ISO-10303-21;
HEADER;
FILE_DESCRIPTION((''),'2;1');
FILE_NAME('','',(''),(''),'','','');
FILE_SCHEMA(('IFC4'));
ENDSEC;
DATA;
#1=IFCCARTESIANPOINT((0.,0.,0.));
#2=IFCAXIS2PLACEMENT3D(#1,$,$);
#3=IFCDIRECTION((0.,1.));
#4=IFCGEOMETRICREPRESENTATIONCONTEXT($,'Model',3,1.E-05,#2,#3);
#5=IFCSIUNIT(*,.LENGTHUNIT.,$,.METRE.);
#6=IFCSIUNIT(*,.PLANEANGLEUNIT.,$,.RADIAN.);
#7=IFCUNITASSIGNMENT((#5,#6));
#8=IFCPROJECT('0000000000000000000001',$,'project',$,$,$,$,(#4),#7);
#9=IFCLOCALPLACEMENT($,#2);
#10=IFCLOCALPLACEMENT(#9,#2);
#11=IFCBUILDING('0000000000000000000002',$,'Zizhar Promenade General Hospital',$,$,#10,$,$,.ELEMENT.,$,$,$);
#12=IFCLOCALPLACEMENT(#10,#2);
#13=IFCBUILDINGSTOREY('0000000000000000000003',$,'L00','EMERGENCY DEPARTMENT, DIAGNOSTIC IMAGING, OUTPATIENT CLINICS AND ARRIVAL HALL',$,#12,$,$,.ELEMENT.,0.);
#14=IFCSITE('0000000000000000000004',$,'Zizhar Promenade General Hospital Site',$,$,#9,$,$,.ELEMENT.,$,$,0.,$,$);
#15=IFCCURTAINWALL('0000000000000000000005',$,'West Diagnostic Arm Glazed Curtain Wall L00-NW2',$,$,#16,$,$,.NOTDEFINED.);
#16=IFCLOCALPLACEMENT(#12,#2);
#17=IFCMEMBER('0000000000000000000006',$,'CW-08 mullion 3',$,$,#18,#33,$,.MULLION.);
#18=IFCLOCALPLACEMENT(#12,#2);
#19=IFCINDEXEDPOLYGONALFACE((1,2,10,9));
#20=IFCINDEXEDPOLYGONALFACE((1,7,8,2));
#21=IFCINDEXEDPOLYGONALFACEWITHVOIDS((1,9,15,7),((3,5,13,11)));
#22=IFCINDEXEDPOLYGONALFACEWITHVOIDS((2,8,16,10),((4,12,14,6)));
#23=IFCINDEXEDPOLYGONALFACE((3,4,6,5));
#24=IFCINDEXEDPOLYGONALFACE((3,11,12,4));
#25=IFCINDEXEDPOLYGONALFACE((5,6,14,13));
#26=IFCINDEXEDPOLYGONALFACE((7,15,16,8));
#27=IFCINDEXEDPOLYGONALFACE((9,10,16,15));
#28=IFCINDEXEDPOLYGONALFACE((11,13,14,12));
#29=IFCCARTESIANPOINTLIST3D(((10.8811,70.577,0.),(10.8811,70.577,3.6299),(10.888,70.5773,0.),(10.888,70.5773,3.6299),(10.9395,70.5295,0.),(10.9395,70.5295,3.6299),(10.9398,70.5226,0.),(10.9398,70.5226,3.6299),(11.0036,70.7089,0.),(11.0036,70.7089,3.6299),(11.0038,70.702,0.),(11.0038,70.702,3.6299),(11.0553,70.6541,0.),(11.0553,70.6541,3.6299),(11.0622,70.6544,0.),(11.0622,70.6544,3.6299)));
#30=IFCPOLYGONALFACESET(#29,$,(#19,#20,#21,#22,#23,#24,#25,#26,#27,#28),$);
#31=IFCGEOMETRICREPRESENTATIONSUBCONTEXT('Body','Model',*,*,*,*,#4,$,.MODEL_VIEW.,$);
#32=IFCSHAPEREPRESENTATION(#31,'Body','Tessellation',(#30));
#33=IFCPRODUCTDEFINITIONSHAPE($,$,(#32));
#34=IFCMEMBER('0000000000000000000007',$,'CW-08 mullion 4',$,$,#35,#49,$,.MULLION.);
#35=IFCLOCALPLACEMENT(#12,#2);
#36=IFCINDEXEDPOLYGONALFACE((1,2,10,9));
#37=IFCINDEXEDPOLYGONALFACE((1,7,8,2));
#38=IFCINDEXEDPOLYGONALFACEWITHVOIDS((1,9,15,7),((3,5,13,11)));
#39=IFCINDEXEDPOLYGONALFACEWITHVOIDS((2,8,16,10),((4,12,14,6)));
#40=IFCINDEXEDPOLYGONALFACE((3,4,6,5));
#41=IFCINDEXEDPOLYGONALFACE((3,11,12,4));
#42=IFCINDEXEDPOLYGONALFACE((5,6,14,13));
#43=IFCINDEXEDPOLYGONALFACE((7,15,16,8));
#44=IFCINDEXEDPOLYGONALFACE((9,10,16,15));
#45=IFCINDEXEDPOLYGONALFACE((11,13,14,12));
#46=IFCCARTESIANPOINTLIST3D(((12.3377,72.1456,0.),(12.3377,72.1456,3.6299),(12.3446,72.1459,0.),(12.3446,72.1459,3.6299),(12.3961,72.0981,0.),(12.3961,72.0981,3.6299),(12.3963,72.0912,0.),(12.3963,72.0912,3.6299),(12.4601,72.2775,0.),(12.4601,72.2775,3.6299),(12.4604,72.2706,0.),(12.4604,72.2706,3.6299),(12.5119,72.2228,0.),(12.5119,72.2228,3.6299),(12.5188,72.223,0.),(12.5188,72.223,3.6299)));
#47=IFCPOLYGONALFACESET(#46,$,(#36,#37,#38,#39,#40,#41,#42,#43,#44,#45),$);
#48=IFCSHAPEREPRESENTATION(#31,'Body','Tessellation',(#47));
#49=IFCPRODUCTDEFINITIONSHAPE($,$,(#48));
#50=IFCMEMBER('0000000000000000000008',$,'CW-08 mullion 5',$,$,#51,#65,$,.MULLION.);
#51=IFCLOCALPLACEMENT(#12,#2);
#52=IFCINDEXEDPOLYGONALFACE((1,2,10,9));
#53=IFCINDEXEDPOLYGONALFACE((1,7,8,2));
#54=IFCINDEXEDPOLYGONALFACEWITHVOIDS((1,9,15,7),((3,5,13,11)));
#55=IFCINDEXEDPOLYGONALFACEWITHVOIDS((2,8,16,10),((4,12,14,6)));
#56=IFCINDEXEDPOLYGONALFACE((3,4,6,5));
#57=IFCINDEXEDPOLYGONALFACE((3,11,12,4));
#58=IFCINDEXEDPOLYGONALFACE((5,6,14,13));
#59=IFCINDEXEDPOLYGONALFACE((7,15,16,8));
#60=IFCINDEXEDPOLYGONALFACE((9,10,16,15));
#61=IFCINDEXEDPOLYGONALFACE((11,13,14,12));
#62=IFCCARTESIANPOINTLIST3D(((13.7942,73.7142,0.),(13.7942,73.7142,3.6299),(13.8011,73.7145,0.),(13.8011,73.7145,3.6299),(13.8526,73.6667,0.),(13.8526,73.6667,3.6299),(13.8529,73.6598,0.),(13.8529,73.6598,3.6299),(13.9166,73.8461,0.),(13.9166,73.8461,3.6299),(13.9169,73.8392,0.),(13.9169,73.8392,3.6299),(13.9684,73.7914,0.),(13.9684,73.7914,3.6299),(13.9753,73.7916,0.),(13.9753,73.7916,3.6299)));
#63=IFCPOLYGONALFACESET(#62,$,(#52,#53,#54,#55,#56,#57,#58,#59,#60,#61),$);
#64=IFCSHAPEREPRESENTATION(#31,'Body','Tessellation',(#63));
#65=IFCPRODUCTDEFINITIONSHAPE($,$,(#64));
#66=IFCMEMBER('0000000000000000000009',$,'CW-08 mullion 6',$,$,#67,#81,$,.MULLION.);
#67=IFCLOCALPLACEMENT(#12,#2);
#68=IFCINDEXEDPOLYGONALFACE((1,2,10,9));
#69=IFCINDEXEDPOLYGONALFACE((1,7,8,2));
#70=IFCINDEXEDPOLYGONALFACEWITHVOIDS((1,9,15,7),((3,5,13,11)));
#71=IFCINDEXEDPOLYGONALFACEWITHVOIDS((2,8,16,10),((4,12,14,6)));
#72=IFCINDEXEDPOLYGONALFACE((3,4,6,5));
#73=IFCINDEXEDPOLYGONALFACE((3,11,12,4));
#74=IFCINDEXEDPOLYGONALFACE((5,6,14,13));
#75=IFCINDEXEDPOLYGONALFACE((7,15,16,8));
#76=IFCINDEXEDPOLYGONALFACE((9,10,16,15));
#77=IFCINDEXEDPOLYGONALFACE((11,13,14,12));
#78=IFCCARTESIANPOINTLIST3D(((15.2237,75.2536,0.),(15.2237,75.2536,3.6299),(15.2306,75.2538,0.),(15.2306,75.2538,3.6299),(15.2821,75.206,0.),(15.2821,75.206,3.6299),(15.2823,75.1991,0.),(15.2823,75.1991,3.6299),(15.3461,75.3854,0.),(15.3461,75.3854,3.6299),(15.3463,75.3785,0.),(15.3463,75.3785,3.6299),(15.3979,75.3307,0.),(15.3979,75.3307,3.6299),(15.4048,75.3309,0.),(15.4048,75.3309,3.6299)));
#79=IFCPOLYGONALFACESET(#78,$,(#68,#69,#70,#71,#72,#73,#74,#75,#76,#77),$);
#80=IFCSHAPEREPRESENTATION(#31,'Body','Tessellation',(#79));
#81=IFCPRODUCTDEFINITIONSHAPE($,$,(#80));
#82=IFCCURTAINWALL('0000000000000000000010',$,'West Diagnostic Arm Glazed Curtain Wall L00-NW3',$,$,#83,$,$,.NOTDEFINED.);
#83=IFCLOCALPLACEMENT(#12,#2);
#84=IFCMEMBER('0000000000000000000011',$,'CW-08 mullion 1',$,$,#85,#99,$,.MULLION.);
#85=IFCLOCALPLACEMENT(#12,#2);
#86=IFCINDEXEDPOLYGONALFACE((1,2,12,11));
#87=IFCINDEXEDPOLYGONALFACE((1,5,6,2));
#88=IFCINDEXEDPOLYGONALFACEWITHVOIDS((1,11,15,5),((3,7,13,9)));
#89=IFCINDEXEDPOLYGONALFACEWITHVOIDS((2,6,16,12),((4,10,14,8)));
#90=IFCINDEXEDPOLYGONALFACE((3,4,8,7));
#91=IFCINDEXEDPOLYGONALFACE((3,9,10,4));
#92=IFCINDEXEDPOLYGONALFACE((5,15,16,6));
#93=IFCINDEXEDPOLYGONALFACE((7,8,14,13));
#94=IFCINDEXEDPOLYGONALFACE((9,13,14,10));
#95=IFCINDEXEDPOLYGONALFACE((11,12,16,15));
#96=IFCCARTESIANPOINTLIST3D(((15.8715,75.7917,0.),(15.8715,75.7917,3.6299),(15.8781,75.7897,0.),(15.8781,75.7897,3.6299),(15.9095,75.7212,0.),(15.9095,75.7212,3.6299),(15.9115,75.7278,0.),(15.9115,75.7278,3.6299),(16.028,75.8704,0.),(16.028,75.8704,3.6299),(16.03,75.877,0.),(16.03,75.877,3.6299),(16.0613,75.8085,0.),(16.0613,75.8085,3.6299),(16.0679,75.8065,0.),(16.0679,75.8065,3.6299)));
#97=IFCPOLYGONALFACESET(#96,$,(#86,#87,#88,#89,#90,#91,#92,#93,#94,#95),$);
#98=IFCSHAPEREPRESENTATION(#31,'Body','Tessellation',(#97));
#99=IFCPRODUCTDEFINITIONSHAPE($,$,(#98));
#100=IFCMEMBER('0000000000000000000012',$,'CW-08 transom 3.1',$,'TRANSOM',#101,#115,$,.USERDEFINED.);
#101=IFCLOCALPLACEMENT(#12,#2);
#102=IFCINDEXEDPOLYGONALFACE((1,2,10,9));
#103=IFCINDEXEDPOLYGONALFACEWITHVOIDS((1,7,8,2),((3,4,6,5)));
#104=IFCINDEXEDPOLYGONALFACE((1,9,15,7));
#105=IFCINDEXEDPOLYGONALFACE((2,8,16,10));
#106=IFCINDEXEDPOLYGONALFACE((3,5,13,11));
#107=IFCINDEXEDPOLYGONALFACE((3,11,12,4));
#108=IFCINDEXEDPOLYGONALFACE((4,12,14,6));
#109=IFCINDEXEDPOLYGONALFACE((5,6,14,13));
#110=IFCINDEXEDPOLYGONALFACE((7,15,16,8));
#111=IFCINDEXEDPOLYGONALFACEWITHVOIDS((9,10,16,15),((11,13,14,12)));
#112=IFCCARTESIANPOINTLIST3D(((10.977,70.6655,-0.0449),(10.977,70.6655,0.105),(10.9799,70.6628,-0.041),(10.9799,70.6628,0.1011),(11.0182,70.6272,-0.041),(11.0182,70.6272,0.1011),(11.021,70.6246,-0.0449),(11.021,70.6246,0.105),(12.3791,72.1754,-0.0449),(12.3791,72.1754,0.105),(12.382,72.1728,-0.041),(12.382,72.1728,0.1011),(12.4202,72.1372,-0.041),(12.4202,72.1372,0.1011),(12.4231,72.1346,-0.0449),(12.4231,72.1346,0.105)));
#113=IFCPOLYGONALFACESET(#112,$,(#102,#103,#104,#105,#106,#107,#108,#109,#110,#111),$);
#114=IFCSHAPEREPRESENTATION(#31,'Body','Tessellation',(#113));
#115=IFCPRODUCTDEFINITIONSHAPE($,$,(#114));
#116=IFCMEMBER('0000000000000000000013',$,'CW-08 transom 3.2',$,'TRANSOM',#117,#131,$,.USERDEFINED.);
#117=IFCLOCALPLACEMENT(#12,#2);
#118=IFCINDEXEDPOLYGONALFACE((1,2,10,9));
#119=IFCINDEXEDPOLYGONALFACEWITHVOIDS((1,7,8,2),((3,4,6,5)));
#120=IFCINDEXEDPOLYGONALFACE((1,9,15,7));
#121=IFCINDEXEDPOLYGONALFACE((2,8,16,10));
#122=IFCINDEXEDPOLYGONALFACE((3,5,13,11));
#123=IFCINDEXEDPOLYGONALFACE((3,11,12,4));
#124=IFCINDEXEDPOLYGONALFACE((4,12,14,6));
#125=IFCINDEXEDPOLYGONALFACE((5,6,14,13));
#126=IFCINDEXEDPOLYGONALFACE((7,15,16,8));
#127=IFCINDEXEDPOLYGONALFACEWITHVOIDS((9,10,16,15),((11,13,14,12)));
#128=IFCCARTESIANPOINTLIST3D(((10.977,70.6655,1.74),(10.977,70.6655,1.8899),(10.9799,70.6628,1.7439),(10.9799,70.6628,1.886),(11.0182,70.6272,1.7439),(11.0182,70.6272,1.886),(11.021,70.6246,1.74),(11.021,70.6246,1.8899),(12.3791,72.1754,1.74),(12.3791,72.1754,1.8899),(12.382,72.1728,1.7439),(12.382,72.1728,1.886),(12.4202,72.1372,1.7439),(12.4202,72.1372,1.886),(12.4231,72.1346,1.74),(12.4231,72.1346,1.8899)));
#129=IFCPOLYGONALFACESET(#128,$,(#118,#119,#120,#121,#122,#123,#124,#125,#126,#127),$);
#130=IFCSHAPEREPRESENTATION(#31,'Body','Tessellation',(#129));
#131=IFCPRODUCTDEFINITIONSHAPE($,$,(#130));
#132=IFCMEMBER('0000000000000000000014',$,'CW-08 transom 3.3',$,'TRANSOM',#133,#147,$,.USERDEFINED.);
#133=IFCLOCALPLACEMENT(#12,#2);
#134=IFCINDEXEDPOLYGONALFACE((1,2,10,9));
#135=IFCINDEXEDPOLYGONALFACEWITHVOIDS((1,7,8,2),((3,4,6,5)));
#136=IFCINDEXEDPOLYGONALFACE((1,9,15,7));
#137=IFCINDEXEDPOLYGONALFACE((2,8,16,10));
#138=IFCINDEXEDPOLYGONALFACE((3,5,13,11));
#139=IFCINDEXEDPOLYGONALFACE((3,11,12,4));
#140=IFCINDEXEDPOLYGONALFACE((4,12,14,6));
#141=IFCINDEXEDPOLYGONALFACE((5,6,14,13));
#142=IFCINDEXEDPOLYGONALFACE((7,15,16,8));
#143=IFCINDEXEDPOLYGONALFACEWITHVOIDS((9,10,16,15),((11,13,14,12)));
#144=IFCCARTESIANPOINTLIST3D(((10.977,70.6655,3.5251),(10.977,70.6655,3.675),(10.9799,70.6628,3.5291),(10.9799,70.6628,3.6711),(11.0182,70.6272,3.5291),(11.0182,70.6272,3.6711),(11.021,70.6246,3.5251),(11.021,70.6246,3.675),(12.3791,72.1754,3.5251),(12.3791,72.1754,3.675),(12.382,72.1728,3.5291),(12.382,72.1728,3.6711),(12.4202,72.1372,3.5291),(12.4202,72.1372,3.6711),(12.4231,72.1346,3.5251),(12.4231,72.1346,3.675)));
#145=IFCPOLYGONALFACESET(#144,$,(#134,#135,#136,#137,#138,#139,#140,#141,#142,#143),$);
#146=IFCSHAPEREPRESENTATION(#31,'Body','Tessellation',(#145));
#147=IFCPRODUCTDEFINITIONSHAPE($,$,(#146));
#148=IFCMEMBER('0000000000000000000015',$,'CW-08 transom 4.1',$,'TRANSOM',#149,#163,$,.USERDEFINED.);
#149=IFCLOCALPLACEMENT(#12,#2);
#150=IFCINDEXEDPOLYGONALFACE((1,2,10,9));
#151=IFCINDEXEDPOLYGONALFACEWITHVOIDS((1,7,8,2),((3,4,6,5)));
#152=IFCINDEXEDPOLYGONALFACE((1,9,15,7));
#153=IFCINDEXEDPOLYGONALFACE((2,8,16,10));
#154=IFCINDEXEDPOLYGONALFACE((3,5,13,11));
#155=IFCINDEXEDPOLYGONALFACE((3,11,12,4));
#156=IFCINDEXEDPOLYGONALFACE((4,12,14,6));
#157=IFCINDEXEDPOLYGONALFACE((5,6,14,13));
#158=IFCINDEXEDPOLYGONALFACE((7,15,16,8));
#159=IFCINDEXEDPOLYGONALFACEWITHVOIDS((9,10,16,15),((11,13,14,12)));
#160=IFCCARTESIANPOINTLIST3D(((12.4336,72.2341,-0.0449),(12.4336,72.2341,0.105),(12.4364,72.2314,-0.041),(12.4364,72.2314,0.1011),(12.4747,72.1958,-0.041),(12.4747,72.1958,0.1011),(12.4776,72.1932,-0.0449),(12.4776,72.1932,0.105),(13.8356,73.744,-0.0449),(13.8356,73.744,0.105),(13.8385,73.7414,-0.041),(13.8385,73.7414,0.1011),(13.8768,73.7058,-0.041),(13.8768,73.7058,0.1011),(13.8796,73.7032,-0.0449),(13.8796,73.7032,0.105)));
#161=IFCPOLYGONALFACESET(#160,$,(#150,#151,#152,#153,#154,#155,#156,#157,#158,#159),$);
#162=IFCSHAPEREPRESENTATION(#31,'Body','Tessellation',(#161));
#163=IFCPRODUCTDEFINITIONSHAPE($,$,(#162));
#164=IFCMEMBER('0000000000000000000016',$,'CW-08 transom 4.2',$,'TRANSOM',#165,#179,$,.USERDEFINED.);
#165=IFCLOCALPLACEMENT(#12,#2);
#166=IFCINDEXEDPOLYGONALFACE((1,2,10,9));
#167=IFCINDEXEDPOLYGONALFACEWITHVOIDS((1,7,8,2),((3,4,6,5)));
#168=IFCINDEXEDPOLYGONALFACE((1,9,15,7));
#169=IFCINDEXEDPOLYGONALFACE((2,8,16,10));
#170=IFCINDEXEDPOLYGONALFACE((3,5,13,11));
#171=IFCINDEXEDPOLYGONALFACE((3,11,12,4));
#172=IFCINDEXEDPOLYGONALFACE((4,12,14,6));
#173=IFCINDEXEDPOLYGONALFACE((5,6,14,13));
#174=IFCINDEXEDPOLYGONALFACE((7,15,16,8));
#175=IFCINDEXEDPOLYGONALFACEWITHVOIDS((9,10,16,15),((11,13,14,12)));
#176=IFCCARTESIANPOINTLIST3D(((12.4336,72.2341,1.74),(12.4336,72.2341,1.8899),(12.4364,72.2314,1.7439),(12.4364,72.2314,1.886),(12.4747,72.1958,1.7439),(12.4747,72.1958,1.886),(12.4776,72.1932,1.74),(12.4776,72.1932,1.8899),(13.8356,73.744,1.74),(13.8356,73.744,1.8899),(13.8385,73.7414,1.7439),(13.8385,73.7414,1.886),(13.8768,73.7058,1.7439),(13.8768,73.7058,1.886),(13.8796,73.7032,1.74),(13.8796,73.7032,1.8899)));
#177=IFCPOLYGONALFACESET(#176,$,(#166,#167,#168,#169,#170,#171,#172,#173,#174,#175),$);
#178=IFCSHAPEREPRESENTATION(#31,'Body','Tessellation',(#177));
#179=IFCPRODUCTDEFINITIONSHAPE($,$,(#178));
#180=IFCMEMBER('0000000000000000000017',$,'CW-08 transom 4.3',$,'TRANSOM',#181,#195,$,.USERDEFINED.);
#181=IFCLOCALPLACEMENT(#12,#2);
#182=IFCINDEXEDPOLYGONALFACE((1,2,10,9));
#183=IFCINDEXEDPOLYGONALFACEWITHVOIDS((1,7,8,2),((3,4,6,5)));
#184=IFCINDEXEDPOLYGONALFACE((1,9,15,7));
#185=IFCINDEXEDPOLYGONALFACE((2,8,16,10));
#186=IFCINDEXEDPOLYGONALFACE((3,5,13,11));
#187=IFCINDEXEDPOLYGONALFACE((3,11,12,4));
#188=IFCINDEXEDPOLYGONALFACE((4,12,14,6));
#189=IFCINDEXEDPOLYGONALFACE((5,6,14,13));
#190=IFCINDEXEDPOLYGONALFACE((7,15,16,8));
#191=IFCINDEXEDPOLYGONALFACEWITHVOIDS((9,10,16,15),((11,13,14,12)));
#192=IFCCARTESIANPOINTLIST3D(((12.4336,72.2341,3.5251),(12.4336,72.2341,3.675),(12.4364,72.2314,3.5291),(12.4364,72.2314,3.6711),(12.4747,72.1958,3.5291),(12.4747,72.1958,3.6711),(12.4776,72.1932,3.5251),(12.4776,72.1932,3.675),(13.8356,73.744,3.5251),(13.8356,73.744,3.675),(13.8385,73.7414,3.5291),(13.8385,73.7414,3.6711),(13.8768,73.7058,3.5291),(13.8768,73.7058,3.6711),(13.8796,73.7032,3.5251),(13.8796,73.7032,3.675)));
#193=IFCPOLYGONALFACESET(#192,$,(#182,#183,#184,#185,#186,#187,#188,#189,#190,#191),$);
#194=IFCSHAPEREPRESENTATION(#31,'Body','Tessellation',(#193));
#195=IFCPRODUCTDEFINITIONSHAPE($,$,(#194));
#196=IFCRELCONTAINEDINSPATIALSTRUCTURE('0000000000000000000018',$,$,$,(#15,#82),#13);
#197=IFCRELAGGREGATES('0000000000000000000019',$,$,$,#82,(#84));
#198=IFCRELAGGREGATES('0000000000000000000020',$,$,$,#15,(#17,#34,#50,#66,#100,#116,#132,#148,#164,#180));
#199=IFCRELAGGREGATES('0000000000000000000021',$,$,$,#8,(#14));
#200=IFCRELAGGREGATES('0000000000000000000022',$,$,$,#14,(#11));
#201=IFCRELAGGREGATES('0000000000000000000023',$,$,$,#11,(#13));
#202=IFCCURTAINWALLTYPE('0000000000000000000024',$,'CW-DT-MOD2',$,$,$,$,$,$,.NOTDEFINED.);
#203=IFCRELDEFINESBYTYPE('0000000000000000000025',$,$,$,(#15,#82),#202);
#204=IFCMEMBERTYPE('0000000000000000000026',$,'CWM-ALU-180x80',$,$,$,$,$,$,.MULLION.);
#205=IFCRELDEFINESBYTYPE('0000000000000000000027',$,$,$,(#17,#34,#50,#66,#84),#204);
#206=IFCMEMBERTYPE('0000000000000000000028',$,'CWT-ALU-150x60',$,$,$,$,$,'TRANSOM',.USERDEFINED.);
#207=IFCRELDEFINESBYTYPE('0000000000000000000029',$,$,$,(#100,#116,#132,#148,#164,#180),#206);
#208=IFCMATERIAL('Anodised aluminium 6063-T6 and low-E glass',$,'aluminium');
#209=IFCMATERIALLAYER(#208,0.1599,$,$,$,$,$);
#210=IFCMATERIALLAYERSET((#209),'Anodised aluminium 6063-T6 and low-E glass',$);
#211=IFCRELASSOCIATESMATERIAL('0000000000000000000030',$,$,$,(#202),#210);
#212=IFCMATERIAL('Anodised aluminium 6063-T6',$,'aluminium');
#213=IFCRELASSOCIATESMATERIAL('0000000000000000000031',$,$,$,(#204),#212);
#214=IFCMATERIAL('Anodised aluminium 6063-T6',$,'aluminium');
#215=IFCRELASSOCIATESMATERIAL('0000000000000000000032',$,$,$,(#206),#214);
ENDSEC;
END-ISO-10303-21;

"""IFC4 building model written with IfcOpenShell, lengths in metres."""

from ifc_helpers import new_model, si_unit, direction, frame, origin, origin_2d, place, context, subcontext, project, spatial, hollow_rectangle, extrude, material, layer, layer_set, material_profile, profile_set, type_object, element, aggregate, save


model = new_model("IFC4")

# Units and contexts
model_context = context("Model", 3, precision=1e-05, world=origin(), true_north=direction((0.0, 1.0)))
body_context = subcontext(model_context, "Body", "Model", "MODEL_VIEW")
ifc_project = project(units=[si_unit("LENGTHUNIT", "METRE"), si_unit("PLANEANGLEUNIT", "RADIAN")], contexts=[model_context])

# Site, building, storey
site_placement = place(None, origin())
site = spatial("IfcSite", under=ifc_project, at=site_placement, Name="Zizhar Promenade General Hospital Site", CompositionType="ELEMENT", RefElevation=0.0)
building_placement = place(site_placement, origin())
building = spatial("IfcBuilding", under=site, at=building_placement, Name="Zizhar Promenade General Hospital", CompositionType="ELEMENT")
storey_placement = place(building_placement, origin())
storey = spatial("IfcBuildingStorey", under=building, at=storey_placement, Name="L00", Description="EMERGENCY DEPARTMENT, DIAGNOSTIC IMAGING, OUTPATIENT CLINICS AND ARRIVAL HALL", CompositionType="ELEMENT", Elevation=0.0)

# Curtain wall, members
ifc_material_1 = material(Name="Anodised aluminium 6063-T6 and low-E glass", Category="aluminium")
ifc_layer_1 = layer(ifc_material_1, 0.1599)
ifc_layer_set_1 = layer_set([ifc_layer_1], Name="Anodised aluminium 6063-T6 and low-E glass")
curtain_wall_type = type_object("IfcCurtainWallType", Name="CW-DT-MOD2", PredefinedType="NOTDEFINED", material=ifc_layer_set_1)
curtain_wall_1_placement = place(storey_placement, origin())
curtain_wall_1 = element("IfcCurtainWall", 1, at=curtain_wall_1_placement, inside=storey, type_object=curtain_wall_type, Name="West Diagnostic Arm Glazed Curtain Wall L00-NW2", PredefinedType="NOTDEFINED")
ifc_material_2 = material(Name="Anodised aluminium 6063-T6", Category="aluminium")
ifc_material_profile_1 = material_profile(ifc_material_2, hollow_rectangle(XDim=0.0801, YDim=0.1799, WallThickness=0.0049, at=origin_2d()))
ifc_profile_set_1 = profile_set([ifc_material_profile_1], Name="Anodised aluminium 6063-T6")
member_type_1 = type_object("IfcMemberType", Name="CWM-ALU-180x80", PredefinedType="MULLION", material=ifc_profile_set_1)
member_1_placement = place(storey_placement, frame((10.9717, 70.6157, 0.0), z_axis=(0.0, 0.0, 1.0), x_axis=(-0.732793, 0.680452, 0.0)))
member_1 = element("IfcMember", 2, at=member_1_placement, type_object=member_type_1, Name="CW-08 mullion 3", PredefinedType="MULLION", context=body_context, shape_type="SweptSolid", body=[
    extrude(hollow_rectangle(XDim=0.0801, YDim=0.1799, WallThickness=0.0049, at=origin_2d()), origin(), (0.0, 0.0, 1.0), 3.6299),
])
member_2_placement = place(storey_placement, frame((12.4282, 72.1843, 0.0), z_axis=(0.0, 0.0, 1.0), x_axis=(-0.732793, 0.680452, 0.0)))
member_2 = element("IfcMember", 3, at=member_2_placement, type_object=member_type_1, Name="CW-08 mullion 4", PredefinedType="MULLION", context=body_context, shape_type="SweptSolid", body=[
    extrude(hollow_rectangle(XDim=0.0801, YDim=0.1799, WallThickness=0.0049, at=origin_2d()), origin(), (0.0, 0.0, 1.0), 3.6299),
])
member_3_placement = place(storey_placement, frame((13.8848, 73.7529, 0.0), z_axis=(0.0, 0.0, 1.0), x_axis=(-0.732793, 0.680452, 0.0)))
member_3 = element("IfcMember", 4, at=member_3_placement, type_object=member_type_1, Name="CW-08 mullion 5", PredefinedType="MULLION", context=body_context, shape_type="SweptSolid", body=[
    extrude(hollow_rectangle(XDim=0.0801, YDim=0.1799, WallThickness=0.0049, at=origin_2d()), origin(), (0.0, 0.0, 1.0), 3.6299),
])
member_4_placement = place(storey_placement, frame((15.3142, 75.2922, 0.0), z_axis=(0.0, 0.0, 1.0), x_axis=(-0.732793, 0.680452, 0.0)))
member_4 = element("IfcMember", 5, at=member_4_placement, type_object=member_type_1, Name="CW-08 mullion 6", PredefinedType="MULLION", context=body_context, shape_type="SweptSolid", body=[
    extrude(hollow_rectangle(XDim=0.0801, YDim=0.1799, WallThickness=0.0049, at=origin_2d()), origin(), (0.0, 0.0, 1.0), 3.6299),
])

# Curtain wall, member
curtain_wall_2_placement = place(storey_placement, origin())
curtain_wall_2 = element("IfcCurtainWall", 6, at=curtain_wall_2_placement, inside=storey, type_object=curtain_wall_type, Name="West Diagnostic Arm Glazed Curtain Wall L00-NW3", PredefinedType="NOTDEFINED")
member_5_placement = place(storey_placement, frame((15.9697, 75.7991, 0.0), z_axis=(0.0, 0.0, 1.0), x_axis=(-0.474097, 0.880473, 0.0)))
member_5 = element("IfcMember", 7, at=member_5_placement, type_object=member_type_1, Name="CW-08 mullion 1", PredefinedType="MULLION", context=body_context, shape_type="SweptSolid", body=[
    extrude(hollow_rectangle(XDim=0.0801, YDim=0.1799, WallThickness=0.0049, at=origin_2d()), origin(), (0.0, 0.0, 1.0), 3.6299),
])

# Members
ifc_material_3 = material(Name="Anodised aluminium 6063-T6", Category="aluminium")
ifc_material_profile_2 = material_profile(ifc_material_3, hollow_rectangle(XDim=0.0601, YDim=0.1499, WallThickness=0.0039, at=origin_2d()))
ifc_profile_set_2 = profile_set([ifc_material_profile_2], Name="Anodised aluminium 6063-T6")
member_type_2 = type_object("IfcMemberType", Name="CWT-ALU-150x60", ElementType="TRANSOM", PredefinedType="USERDEFINED", material=ifc_profile_set_2)
member_6_placement = place(storey_placement, frame((10.999, 70.645, 0.03), z_axis=(0.680437, 0.732806, 0.0), x_axis=(-0.732806, 0.680437, 0.0)))
member_6 = element("IfcMember", 8, at=member_6_placement, type_object=member_type_2, Name="CW-08 transom 3.1", ObjectType="TRANSOM", PredefinedType="USERDEFINED", context=body_context, shape_type="SweptSolid", body=[
    extrude(hollow_rectangle(XDim=0.0601, YDim=0.1499, WallThickness=0.0039, at=origin_2d()), origin(), (0.0, 0.0, 1.0), 2.0605),
])
member_7_placement = place(storey_placement, frame((10.999, 70.645, 1.8149), z_axis=(0.680437, 0.732806, 0.0), x_axis=(-0.732806, 0.680437, 0.0)))
member_7 = element("IfcMember", 9, at=member_7_placement, type_object=member_type_2, Name="CW-08 transom 3.2", ObjectType="TRANSOM", PredefinedType="USERDEFINED", context=body_context, shape_type="SweptSolid", body=[
    extrude(hollow_rectangle(XDim=0.0601, YDim=0.1499, WallThickness=0.0039, at=origin_2d()), origin(), (0.0, 0.0, 1.0), 2.0605),
])
member_8_placement = place(storey_placement, frame((10.999, 70.645, 3.6001), z_axis=(0.680437, 0.732806, 0.0), x_axis=(-0.732806, 0.680437, 0.0)))
member_8 = element("IfcMember", 10, at=member_8_placement, type_object=member_type_2, Name="CW-08 transom 3.3", ObjectType="TRANSOM", PredefinedType="USERDEFINED", context=body_context, shape_type="SweptSolid", body=[
    extrude(hollow_rectangle(XDim=0.0601, YDim=0.1499, WallThickness=0.0039, at=origin_2d()), origin(), (0.0, 0.0, 1.0), 2.0605),
])
member_9_placement = place(storey_placement, frame((12.4556, 72.2136, 0.03), z_axis=(0.680437, 0.732806, 0.0), x_axis=(-0.732806, 0.680437, 0.0)))
member_9 = element("IfcMember", 11, at=member_9_placement, type_object=member_type_2, Name="CW-08 transom 4.1", ObjectType="TRANSOM", PredefinedType="USERDEFINED", context=body_context, shape_type="SweptSolid", body=[
    extrude(hollow_rectangle(XDim=0.0601, YDim=0.1499, WallThickness=0.0039, at=origin_2d()), origin(), (0.0, 0.0, 1.0), 2.0605),
])
member_10_placement = place(storey_placement, frame((12.4556, 72.2136, 1.8149), z_axis=(0.680437, 0.732806, 0.0), x_axis=(-0.732806, 0.680437, 0.0)))
member_10 = element("IfcMember", 12, at=member_10_placement, type_object=member_type_2, Name="CW-08 transom 4.2", ObjectType="TRANSOM", PredefinedType="USERDEFINED", context=body_context, shape_type="SweptSolid", body=[
    extrude(hollow_rectangle(XDim=0.0601, YDim=0.1499, WallThickness=0.0039, at=origin_2d()), origin(), (0.0, 0.0, 1.0), 2.0605),
])
member_11_placement = place(storey_placement, frame((12.4556, 72.2136, 3.6001), z_axis=(0.680437, 0.732806, 0.0), x_axis=(-0.732806, 0.680437, 0.0)))
member_11 = element("IfcMember", 13, at=member_11_placement, type_object=member_type_2, Name="CW-08 transom 4.3", ObjectType="TRANSOM", PredefinedType="USERDEFINED", context=body_context, shape_type="SweptSolid", body=[
    extrude(hollow_rectangle(XDim=0.0601, YDim=0.1499, WallThickness=0.0039, at=origin_2d()), origin(), (0.0, 0.0, 1.0), 2.0605),
])
aggregate(curtain_wall_2, [member_5])

aggregate(curtain_wall_1, [member_1, member_2, member_3, member_4, member_6, member_7, member_8, member_9, member_10, member_11])

save(model, "model.ifc")
